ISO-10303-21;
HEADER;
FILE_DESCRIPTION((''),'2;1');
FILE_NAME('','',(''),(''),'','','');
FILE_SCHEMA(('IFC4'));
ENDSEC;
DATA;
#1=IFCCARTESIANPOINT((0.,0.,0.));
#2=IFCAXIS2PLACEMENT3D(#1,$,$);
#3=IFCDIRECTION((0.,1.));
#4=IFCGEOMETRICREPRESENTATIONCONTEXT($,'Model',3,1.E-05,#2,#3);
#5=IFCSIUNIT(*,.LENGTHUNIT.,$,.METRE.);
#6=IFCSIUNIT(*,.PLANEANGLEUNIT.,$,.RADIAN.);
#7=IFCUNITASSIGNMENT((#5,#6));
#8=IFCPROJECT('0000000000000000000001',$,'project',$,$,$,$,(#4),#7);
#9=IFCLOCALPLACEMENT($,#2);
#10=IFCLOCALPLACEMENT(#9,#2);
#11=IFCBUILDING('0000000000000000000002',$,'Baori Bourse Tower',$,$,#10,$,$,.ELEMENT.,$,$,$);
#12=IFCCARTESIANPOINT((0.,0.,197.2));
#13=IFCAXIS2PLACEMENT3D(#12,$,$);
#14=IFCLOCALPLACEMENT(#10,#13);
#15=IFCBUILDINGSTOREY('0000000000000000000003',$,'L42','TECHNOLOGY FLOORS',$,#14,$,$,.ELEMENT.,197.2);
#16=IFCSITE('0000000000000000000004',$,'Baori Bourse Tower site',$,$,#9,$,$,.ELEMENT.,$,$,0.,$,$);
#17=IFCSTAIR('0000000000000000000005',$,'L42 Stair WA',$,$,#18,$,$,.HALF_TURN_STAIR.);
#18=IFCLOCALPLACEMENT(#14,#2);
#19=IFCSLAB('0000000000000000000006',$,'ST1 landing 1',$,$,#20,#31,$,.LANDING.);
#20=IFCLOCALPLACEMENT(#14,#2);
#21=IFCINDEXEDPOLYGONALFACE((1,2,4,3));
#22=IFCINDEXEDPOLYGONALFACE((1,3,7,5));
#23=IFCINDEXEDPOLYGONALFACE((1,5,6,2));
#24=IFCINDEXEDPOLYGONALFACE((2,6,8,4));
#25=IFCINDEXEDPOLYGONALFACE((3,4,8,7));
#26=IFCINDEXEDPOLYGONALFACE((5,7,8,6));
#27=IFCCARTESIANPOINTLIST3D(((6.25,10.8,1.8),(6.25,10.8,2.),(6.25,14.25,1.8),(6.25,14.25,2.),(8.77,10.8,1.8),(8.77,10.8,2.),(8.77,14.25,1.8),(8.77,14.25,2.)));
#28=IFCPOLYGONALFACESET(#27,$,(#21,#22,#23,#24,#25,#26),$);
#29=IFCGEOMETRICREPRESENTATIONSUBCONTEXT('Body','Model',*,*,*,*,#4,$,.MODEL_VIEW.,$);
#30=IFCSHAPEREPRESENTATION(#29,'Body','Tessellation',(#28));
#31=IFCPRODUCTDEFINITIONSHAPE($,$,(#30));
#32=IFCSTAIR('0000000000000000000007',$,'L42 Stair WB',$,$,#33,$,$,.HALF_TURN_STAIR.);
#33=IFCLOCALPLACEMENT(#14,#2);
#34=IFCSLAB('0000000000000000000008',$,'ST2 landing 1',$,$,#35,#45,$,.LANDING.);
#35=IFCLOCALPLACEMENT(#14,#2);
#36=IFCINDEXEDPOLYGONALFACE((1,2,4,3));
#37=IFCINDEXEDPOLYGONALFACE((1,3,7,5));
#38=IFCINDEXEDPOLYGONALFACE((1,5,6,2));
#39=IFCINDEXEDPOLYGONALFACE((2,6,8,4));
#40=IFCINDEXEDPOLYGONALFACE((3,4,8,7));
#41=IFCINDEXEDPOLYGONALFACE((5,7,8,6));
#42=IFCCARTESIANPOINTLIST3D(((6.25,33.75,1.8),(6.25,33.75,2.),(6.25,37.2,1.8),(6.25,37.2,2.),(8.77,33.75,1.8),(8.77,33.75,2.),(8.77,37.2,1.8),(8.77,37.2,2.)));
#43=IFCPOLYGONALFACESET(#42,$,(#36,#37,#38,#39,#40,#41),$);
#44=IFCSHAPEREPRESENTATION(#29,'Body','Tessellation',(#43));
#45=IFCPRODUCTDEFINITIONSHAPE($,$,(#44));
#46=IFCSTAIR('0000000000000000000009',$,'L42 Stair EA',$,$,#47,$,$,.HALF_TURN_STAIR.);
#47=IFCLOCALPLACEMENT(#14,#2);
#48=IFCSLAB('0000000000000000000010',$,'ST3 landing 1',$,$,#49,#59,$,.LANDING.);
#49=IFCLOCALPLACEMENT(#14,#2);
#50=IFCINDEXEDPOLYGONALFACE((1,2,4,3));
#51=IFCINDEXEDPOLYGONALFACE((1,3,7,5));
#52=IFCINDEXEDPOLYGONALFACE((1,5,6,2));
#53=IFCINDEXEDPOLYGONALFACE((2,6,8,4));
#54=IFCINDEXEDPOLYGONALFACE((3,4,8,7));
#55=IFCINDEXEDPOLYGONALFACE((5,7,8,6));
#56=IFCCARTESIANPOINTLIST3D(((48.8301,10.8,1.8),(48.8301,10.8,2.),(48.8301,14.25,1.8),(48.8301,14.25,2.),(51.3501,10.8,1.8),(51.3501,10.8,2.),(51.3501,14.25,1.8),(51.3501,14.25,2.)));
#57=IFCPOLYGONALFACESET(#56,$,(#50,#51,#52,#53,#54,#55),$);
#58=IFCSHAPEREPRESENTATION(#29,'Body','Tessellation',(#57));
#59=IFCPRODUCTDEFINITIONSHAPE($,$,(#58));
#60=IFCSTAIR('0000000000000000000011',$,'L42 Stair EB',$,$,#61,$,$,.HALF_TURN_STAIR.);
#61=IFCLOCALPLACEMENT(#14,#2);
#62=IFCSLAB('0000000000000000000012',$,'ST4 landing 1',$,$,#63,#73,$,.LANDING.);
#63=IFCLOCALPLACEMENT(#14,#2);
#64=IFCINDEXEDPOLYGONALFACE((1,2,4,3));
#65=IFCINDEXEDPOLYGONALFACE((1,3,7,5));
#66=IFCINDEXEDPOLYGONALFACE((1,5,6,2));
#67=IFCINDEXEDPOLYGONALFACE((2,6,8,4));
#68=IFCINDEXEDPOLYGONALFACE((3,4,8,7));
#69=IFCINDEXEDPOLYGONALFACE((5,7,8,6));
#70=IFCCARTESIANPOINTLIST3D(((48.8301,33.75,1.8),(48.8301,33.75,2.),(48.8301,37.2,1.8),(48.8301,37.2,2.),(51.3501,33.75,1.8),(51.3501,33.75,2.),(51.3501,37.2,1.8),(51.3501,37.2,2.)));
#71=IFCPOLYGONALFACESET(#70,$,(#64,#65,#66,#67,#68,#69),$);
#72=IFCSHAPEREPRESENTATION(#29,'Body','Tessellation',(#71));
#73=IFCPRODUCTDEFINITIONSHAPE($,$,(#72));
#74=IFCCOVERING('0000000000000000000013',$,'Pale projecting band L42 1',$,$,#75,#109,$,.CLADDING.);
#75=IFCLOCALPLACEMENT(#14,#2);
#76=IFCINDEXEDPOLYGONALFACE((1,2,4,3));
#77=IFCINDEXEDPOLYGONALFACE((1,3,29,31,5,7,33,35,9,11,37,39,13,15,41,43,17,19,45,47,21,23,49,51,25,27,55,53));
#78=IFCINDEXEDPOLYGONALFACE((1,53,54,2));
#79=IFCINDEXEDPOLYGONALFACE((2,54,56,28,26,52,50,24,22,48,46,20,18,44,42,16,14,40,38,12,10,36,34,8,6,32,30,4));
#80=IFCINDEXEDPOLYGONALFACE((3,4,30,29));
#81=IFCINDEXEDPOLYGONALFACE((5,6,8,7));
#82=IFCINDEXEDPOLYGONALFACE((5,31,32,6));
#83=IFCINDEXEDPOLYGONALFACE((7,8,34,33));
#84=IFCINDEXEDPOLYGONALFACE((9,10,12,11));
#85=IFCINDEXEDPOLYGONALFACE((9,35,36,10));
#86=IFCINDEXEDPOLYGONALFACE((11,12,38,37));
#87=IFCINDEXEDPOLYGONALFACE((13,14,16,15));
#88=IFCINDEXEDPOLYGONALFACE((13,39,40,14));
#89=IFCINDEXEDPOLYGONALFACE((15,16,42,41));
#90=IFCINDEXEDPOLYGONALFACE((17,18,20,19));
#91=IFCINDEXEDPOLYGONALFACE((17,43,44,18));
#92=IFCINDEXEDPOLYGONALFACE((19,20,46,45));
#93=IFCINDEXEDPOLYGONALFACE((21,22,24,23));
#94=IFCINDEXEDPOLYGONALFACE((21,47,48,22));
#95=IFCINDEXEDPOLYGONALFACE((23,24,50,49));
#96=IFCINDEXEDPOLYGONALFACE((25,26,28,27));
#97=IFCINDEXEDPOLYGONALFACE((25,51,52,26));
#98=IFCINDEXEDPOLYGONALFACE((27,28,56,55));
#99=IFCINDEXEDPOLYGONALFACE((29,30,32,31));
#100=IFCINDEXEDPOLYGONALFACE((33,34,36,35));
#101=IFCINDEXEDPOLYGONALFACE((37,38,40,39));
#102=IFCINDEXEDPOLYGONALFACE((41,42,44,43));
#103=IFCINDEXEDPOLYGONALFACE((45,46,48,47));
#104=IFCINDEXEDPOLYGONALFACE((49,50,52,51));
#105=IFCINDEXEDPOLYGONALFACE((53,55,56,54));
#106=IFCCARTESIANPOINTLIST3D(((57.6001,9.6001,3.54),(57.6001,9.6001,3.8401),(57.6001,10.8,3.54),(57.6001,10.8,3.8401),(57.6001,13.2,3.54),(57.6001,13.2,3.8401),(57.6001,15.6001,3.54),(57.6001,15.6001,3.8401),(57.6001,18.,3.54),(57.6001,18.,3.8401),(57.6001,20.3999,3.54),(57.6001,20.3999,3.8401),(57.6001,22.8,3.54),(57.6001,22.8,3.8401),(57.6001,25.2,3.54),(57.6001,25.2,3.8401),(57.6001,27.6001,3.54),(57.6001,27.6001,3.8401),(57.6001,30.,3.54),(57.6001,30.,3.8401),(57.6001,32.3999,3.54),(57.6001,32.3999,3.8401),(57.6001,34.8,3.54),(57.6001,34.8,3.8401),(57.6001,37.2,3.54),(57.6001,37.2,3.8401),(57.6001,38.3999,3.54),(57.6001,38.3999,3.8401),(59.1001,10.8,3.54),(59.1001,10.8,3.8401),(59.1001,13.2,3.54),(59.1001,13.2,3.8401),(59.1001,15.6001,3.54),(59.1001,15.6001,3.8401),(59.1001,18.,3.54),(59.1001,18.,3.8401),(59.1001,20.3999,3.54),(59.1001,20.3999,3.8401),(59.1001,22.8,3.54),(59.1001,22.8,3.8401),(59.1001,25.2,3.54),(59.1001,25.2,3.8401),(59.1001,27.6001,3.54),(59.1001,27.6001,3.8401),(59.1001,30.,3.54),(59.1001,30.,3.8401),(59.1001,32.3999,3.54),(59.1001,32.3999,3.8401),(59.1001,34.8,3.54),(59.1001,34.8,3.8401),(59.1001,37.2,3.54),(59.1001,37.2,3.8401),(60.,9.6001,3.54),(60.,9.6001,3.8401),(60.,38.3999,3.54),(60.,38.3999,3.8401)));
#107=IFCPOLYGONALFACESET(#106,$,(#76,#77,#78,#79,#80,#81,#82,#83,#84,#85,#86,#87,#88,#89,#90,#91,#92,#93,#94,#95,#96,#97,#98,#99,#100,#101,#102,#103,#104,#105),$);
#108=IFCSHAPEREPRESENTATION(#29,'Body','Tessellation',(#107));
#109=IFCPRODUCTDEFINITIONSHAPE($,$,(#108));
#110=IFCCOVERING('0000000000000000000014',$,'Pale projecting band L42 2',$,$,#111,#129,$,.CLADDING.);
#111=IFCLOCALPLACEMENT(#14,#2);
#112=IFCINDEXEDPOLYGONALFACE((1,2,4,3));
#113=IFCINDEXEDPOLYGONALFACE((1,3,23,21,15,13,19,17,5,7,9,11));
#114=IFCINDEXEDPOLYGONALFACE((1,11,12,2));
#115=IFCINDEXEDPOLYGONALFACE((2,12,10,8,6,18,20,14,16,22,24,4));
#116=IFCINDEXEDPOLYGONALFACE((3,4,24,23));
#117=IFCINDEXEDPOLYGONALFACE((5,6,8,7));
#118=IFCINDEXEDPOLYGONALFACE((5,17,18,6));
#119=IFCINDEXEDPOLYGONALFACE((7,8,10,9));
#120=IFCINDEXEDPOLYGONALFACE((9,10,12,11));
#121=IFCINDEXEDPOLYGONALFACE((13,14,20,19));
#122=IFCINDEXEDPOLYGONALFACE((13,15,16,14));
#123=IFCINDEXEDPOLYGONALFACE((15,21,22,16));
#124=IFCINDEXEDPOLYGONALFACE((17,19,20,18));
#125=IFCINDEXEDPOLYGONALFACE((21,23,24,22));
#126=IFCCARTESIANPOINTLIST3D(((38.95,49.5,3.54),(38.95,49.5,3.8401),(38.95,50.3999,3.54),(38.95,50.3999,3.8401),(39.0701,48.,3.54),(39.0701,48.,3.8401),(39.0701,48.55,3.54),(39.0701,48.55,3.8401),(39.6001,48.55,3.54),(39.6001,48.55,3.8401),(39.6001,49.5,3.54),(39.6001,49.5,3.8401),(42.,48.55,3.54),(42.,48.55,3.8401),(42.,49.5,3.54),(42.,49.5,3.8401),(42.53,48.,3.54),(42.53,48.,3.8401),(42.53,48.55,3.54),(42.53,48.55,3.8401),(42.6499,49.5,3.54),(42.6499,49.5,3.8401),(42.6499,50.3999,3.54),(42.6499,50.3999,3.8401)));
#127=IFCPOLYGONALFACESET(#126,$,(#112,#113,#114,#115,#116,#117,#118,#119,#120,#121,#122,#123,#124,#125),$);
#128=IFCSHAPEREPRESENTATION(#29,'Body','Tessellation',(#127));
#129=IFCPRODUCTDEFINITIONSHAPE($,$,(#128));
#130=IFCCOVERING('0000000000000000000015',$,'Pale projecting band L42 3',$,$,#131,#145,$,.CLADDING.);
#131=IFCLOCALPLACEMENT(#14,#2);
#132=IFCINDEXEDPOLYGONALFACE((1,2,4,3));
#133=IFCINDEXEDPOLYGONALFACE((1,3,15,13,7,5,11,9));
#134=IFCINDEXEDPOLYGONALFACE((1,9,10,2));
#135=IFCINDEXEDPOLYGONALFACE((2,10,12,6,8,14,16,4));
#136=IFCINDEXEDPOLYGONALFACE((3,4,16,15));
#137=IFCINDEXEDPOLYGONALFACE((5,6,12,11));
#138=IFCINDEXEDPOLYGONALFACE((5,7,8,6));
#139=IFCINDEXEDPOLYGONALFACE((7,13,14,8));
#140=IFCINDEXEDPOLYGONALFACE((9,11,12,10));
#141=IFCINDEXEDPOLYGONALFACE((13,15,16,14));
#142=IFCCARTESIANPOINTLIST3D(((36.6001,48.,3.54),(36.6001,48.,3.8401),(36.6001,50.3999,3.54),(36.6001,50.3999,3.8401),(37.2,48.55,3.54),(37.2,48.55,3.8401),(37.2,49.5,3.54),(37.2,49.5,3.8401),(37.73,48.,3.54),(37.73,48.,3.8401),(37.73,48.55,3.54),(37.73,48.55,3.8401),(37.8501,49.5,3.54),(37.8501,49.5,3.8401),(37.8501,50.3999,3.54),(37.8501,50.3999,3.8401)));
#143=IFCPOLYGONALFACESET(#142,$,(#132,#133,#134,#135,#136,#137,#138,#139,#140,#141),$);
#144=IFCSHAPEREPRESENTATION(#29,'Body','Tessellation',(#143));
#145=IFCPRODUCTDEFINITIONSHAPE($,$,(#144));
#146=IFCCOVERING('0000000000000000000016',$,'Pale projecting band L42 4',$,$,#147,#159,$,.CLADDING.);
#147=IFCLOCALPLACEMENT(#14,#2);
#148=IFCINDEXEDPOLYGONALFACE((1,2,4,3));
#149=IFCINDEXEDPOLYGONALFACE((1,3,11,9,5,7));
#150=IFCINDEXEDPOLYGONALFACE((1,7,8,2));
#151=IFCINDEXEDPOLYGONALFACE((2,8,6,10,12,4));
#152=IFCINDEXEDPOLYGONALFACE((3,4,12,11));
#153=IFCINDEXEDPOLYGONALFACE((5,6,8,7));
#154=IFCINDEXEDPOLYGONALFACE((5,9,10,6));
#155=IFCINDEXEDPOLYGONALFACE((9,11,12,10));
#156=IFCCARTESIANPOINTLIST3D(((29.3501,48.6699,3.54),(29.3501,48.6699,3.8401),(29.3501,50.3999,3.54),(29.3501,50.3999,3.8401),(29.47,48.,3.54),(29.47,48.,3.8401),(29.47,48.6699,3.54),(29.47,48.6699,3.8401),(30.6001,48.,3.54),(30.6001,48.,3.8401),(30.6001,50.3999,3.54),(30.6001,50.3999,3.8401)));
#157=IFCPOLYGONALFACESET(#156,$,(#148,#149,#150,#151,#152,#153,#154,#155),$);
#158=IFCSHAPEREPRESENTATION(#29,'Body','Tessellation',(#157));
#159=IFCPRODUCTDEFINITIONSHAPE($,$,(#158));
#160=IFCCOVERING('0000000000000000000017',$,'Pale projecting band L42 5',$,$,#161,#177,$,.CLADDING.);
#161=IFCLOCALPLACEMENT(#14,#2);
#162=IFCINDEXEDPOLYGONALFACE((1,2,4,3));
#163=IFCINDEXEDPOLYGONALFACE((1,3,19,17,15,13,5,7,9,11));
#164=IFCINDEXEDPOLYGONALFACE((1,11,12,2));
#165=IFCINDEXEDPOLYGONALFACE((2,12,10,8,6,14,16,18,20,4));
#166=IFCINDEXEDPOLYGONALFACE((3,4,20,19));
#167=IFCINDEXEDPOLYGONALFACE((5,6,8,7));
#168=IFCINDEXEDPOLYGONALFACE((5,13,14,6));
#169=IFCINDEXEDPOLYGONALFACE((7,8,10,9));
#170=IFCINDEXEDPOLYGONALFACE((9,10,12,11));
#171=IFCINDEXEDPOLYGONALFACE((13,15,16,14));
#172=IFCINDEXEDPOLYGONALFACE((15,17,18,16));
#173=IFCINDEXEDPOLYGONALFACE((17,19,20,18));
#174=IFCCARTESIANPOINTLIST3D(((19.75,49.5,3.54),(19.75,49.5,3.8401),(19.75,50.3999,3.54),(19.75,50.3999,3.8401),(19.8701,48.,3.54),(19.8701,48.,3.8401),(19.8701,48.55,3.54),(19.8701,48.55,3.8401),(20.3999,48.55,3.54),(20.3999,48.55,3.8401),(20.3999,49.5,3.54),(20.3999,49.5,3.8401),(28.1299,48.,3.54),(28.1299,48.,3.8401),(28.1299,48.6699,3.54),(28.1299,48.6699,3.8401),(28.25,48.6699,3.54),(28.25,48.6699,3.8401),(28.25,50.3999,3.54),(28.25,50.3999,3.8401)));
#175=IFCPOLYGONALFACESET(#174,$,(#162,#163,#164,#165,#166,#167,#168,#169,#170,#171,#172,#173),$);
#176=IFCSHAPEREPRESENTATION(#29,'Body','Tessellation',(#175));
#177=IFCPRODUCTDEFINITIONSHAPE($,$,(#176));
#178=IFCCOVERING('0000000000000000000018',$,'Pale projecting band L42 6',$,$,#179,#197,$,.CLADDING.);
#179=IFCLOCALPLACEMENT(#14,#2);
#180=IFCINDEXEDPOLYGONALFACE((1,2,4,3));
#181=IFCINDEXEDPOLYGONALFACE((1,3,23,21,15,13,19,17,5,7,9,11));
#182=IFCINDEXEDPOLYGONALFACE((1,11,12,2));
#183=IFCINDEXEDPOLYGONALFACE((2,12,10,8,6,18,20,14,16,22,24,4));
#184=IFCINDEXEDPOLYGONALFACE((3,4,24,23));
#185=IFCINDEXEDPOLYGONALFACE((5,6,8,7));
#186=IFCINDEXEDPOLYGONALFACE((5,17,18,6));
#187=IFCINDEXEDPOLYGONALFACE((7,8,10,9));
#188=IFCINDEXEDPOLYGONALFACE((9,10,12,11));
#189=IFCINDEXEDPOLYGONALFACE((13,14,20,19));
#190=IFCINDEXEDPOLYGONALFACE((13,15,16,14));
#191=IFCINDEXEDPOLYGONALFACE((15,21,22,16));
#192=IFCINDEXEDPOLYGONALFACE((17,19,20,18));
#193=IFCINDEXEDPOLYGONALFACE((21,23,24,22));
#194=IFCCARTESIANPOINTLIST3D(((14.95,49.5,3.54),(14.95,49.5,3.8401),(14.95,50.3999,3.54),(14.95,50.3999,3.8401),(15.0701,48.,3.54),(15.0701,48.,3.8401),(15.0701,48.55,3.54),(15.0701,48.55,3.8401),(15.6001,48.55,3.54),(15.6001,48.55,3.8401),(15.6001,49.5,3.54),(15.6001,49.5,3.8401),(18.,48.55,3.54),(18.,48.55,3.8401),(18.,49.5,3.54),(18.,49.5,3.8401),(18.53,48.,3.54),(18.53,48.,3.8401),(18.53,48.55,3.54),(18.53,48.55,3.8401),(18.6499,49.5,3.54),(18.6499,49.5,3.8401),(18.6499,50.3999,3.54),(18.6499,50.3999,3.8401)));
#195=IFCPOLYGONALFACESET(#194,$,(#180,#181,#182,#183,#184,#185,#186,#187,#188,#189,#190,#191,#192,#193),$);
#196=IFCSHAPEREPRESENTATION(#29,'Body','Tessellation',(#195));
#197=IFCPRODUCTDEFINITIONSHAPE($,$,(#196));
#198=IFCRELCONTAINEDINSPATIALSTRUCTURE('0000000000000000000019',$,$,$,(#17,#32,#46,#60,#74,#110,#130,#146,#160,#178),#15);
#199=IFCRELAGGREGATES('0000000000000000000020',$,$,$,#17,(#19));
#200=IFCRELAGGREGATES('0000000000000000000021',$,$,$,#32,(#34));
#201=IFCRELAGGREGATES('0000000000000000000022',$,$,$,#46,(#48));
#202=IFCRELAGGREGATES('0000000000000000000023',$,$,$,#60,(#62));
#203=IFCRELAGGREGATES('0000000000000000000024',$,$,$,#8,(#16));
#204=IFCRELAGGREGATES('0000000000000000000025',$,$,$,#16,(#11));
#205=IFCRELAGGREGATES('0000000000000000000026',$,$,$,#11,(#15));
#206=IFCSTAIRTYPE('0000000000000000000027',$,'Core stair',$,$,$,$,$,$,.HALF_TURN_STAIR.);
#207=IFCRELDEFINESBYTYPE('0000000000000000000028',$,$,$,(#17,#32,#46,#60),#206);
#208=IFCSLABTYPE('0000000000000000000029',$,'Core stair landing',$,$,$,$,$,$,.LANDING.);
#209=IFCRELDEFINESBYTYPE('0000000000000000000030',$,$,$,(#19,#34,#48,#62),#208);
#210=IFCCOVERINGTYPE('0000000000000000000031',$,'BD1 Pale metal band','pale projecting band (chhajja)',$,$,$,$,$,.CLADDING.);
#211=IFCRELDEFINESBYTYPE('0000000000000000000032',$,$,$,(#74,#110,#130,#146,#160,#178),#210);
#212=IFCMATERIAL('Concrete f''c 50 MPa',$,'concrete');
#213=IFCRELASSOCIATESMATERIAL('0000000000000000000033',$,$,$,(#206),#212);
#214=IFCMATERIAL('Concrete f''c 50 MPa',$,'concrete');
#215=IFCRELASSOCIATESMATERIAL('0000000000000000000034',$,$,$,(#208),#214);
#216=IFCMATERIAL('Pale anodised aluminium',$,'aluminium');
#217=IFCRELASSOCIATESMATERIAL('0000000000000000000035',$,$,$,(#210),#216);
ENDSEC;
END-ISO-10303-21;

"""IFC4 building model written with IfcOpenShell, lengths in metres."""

from ifc_helpers import new_model, si_unit, direction, frame, origin, place, context, subcontext, project, spatial, polyline, outline, extrude, material, type_object, element, aggregate, save


model = new_model("IFC4")

# Units and contexts
model_context = context("Model", 3, precision=1e-05, world=origin(), true_north=direction((0.0, 1.0)))
body_context = subcontext(model_context, "Body", "Model", "MODEL_VIEW")
ifc_project = project(units=[si_unit("LENGTHUNIT", "METRE"), si_unit("PLANEANGLEUNIT", "RADIAN")], contexts=[model_context])

# Site, building, storey
site_placement = place(None, origin())
site = spatial("IfcSite", under=ifc_project, at=site_placement, Name="Baori Bourse Tower site", CompositionType="ELEMENT", RefElevation=0.0)
building_placement = place(site_placement, origin())
building = spatial("IfcBuilding", under=site, at=building_placement, Name="Baori Bourse Tower", CompositionType="ELEMENT")
storey_placement = place(building_placement, frame((0.0, 0.0, 197.2)))
storey = spatial("IfcBuildingStorey", under=building, at=storey_placement, Name="L42", Description="TECHNOLOGY FLOORS", CompositionType="ELEMENT", Elevation=197.2)

# Stairs, slabs
ifc_material_1 = material(Name="Concrete f'c 50 MPa", Category="concrete")
stair_type = type_object("IfcStairType", Name="Core stair", PredefinedType="HALF_TURN_STAIR", material=ifc_material_1)
stair_1_placement = place(storey_placement, origin())
stair_1 = element("IfcStair", 1, at=stair_1_placement, inside=storey, type_object=stair_type, Name="L42 Stair WA", PredefinedType="HALF_TURN_STAIR")
ifc_material_2 = material(Name="Concrete f'c 50 MPa", Category="concrete")
slab_type = type_object("IfcSlabType", Name="Core stair landing", PredefinedType="LANDING", material=ifc_material_2)
slab_1_placement = place(storey_placement, frame((0.0, 0.0, 1.8)))
slab_1 = element("IfcSlab", 2, at=slab_1_placement, type_object=slab_type, Name="ST1 landing 1", PredefinedType="LANDING", context=body_context, shape_type="SweptSolid", body=[
    extrude(outline(polyline([(8.77, 14.25), (6.25, 14.25), (6.25, 10.8), (8.77, 10.8), (8.77, 14.25)])), origin(), (0.0, 0.0, 1.0), 0.2),
])
aggregate(stair_1, [slab_1])
stair_2_placement = place(storey_placement, origin())
stair_2 = element("IfcStair", 3, at=stair_2_placement, inside=storey, type_object=stair_type, Name="L42 Stair WB", PredefinedType="HALF_TURN_STAIR")
slab_2_placement = place(storey_placement, frame((0.0, 0.0, 1.8)))
slab_2 = element("IfcSlab", 4, at=slab_2_placement, type_object=slab_type, Name="ST2 landing 1", PredefinedType="LANDING", context=body_context, shape_type="SweptSolid", body=[
    extrude(outline(polyline([(8.77, 37.2), (6.25, 37.2), (6.25, 33.75), (8.77, 33.75), (8.77, 37.2)])), origin(), (0.0, 0.0, 1.0), 0.2),
])
aggregate(stair_2, [slab_2])
stair_3_placement = place(storey_placement, origin())
stair_3 = element("IfcStair", 5, at=stair_3_placement, inside=storey, type_object=stair_type, Name="L42 Stair EA", PredefinedType="HALF_TURN_STAIR")
slab_3_placement = place(storey_placement, frame((0.0, 0.0, 1.8)))
slab_3 = element("IfcSlab", 6, at=slab_3_placement, type_object=slab_type, Name="ST3 landing 1", PredefinedType="LANDING", context=body_context, shape_type="SweptSolid", body=[
    extrude(outline(polyline([(48.8301, 10.8), (51.3501, 10.8), (51.3501, 14.25), (48.8301, 14.25), (48.8301, 10.8)])), origin(), (0.0, 0.0, 1.0), 0.2),
])
aggregate(stair_3, [slab_3])
stair_4_placement = place(storey_placement, origin())
stair_4 = element("IfcStair", 7, at=stair_4_placement, inside=storey, type_object=stair_type, Name="L42 Stair EB", PredefinedType="HALF_TURN_STAIR")
slab_4_placement = place(storey_placement, frame((0.0, 0.0, 1.8)))
slab_4 = element("IfcSlab", 8, at=slab_4_placement, type_object=slab_type, Name="ST4 landing 1", PredefinedType="LANDING", context=body_context, shape_type="SweptSolid", body=[
    extrude(outline(polyline([(48.8301, 33.75), (51.3501, 33.75), (51.3501, 37.2), (48.8301, 37.2), (48.8301, 33.75)])), origin(), (0.0, 0.0, 1.0), 0.2),
])
aggregate(stair_4, [slab_4])

# Coverings
ifc_material_3 = material(Name="Pale anodised aluminium", Category="aluminium")
covering_type_1 = type_object("IfcCoveringType", Name="BD1 Pale metal band", Description="pale projecting band (chhajja)", PredefinedType="CLADDING", material=ifc_material_3)
covering_1_placement = place(storey_placement, frame((0.0, 0.0, 3.54)))
element("IfcCovering", 9, at=covering_1_placement, inside=storey, type_object=covering_type_1, Name="Pale projecting band L42 1", PredefinedType="CLADDING", context=body_context, shape_type="SweptSolid", body=[
    extrude(outline(polyline([(57.6001, 10.8), (57.6001, 9.6001), (60.0, 9.6001), (60.0, 38.3999), (57.6001, 38.3999), (57.6001, 37.2), (59.1001, 37.2), (59.1001, 34.8), (57.6001, 34.8), (57.6001, 32.3999), (59.1001, 32.3999), (59.1001, 30.0), (57.6001, 30.0), (57.6001, 27.6001), (59.1001, 27.6001), (59.1001, 25.2), (57.6001, 25.2), (57.6001, 22.8), (59.1001, 22.8), (59.1001, 20.3999), (57.6001, 20.3999), (57.6001, 18.0), (59.1001, 18.0), (59.1001, 15.6001), (57.6001, 15.6001), (57.6001, 13.2), (59.1001, 13.2), (59.1001, 10.8), (57.6001, 10.8)])), origin(), (0.0, 0.0, 1.0), 0.3),
])
covering_2_placement = place(storey_placement, frame((0.0, 0.0, 3.54)))
element("IfcCovering", 10, at=covering_2_placement, inside=storey, type_object=covering_type_1, Name="Pale projecting band L42 2", PredefinedType="CLADDING", context=body_context, shape_type="SweptSolid", body=[
    extrude(outline(polyline([(39.0701, 48.0), (42.53, 48.0), (42.53, 48.55), (42.0, 48.55), (42.0, 49.5), (42.6499, 49.5), (42.6499, 50.3999), (38.95, 50.3999), (38.95, 49.5), (39.6001, 49.5), (39.6001, 48.55), (39.0701, 48.55), (39.0701, 48.0)])), origin(), (0.0, 0.0, 1.0), 0.3),
])
covering_3_placement = place(storey_placement, frame((0.0, 0.0, 3.54)))
element("IfcCovering", 11, at=covering_3_placement, inside=storey, type_object=covering_type_1, Name="Pale projecting band L42 3", PredefinedType="CLADDING", context=body_context, shape_type="SweptSolid", body=[
    extrude(outline(polyline([(36.6001, 48.0), (37.73, 48.0), (37.73, 48.55), (37.2, 48.55), (37.2, 49.5), (37.8501, 49.5), (37.8501, 50.3999), (36.6001, 50.3999), (36.6001, 48.0)])), origin(), (0.0, 0.0, 1.0), 0.3),
])
covering_4_placement = place(storey_placement, frame((0.0, 0.0, 3.54)))
element("IfcCovering", 12, at=covering_4_placement, inside=storey, type_object=covering_type_1, Name="Pale projecting band L42 4", PredefinedType="CLADDING", context=body_context, shape_type="SweptSolid", body=[
    extrude(outline(polyline([(29.47, 48.0), (30.6001, 48.0), (30.6001, 50.3999), (29.3501, 50.3999), (29.3501, 48.6699), (29.47, 48.6699), (29.47, 48.0)])), origin(), (0.0, 0.0, 1.0), 0.3),
])
covering_5_placement = place(storey_placement, frame((0.0, 0.0, 3.54)))
element("IfcCovering", 13, at=covering_5_placement, inside=storey, type_object=covering_type_1, Name="Pale projecting band L42 5", PredefinedType="CLADDING", context=body_context, shape_type="SweptSolid", body=[
    extrude(outline(polyline([(19.8701, 48.0), (28.1299, 48.0), (28.1299, 48.6699), (28.25, 48.6699), (28.25, 50.3999), (19.75, 50.3999), (19.75, 49.5), (20.3999, 49.5), (20.3999, 48.55), (19.8701, 48.55), (19.8701, 48.0)])), origin(), (0.0, 0.0, 1.0), 0.3),
])
covering_6_placement = place(storey_placement, frame((0.0, 0.0, 3.54)))
element("IfcCovering", 14, at=covering_6_placement, inside=storey, type_object=covering_type_1, Name="Pale projecting band L42 6", PredefinedType="CLADDING", context=body_context, shape_type="SweptSolid", body=[
    extrude(outline(polyline([(15.0701, 48.0), (18.53, 48.0), (18.53, 48.55), (18.0, 48.55), (18.0, 49.5), (18.6499, 49.5), (18.6499, 50.3999), (14.95, 50.3999), (14.95, 49.5), (15.6001, 49.5), (15.6001, 48.55), (15.0701, 48.55), (15.0701, 48.0)])), origin(), (0.0, 0.0, 1.0), 0.3),
])

save(model, "model.ifc")
